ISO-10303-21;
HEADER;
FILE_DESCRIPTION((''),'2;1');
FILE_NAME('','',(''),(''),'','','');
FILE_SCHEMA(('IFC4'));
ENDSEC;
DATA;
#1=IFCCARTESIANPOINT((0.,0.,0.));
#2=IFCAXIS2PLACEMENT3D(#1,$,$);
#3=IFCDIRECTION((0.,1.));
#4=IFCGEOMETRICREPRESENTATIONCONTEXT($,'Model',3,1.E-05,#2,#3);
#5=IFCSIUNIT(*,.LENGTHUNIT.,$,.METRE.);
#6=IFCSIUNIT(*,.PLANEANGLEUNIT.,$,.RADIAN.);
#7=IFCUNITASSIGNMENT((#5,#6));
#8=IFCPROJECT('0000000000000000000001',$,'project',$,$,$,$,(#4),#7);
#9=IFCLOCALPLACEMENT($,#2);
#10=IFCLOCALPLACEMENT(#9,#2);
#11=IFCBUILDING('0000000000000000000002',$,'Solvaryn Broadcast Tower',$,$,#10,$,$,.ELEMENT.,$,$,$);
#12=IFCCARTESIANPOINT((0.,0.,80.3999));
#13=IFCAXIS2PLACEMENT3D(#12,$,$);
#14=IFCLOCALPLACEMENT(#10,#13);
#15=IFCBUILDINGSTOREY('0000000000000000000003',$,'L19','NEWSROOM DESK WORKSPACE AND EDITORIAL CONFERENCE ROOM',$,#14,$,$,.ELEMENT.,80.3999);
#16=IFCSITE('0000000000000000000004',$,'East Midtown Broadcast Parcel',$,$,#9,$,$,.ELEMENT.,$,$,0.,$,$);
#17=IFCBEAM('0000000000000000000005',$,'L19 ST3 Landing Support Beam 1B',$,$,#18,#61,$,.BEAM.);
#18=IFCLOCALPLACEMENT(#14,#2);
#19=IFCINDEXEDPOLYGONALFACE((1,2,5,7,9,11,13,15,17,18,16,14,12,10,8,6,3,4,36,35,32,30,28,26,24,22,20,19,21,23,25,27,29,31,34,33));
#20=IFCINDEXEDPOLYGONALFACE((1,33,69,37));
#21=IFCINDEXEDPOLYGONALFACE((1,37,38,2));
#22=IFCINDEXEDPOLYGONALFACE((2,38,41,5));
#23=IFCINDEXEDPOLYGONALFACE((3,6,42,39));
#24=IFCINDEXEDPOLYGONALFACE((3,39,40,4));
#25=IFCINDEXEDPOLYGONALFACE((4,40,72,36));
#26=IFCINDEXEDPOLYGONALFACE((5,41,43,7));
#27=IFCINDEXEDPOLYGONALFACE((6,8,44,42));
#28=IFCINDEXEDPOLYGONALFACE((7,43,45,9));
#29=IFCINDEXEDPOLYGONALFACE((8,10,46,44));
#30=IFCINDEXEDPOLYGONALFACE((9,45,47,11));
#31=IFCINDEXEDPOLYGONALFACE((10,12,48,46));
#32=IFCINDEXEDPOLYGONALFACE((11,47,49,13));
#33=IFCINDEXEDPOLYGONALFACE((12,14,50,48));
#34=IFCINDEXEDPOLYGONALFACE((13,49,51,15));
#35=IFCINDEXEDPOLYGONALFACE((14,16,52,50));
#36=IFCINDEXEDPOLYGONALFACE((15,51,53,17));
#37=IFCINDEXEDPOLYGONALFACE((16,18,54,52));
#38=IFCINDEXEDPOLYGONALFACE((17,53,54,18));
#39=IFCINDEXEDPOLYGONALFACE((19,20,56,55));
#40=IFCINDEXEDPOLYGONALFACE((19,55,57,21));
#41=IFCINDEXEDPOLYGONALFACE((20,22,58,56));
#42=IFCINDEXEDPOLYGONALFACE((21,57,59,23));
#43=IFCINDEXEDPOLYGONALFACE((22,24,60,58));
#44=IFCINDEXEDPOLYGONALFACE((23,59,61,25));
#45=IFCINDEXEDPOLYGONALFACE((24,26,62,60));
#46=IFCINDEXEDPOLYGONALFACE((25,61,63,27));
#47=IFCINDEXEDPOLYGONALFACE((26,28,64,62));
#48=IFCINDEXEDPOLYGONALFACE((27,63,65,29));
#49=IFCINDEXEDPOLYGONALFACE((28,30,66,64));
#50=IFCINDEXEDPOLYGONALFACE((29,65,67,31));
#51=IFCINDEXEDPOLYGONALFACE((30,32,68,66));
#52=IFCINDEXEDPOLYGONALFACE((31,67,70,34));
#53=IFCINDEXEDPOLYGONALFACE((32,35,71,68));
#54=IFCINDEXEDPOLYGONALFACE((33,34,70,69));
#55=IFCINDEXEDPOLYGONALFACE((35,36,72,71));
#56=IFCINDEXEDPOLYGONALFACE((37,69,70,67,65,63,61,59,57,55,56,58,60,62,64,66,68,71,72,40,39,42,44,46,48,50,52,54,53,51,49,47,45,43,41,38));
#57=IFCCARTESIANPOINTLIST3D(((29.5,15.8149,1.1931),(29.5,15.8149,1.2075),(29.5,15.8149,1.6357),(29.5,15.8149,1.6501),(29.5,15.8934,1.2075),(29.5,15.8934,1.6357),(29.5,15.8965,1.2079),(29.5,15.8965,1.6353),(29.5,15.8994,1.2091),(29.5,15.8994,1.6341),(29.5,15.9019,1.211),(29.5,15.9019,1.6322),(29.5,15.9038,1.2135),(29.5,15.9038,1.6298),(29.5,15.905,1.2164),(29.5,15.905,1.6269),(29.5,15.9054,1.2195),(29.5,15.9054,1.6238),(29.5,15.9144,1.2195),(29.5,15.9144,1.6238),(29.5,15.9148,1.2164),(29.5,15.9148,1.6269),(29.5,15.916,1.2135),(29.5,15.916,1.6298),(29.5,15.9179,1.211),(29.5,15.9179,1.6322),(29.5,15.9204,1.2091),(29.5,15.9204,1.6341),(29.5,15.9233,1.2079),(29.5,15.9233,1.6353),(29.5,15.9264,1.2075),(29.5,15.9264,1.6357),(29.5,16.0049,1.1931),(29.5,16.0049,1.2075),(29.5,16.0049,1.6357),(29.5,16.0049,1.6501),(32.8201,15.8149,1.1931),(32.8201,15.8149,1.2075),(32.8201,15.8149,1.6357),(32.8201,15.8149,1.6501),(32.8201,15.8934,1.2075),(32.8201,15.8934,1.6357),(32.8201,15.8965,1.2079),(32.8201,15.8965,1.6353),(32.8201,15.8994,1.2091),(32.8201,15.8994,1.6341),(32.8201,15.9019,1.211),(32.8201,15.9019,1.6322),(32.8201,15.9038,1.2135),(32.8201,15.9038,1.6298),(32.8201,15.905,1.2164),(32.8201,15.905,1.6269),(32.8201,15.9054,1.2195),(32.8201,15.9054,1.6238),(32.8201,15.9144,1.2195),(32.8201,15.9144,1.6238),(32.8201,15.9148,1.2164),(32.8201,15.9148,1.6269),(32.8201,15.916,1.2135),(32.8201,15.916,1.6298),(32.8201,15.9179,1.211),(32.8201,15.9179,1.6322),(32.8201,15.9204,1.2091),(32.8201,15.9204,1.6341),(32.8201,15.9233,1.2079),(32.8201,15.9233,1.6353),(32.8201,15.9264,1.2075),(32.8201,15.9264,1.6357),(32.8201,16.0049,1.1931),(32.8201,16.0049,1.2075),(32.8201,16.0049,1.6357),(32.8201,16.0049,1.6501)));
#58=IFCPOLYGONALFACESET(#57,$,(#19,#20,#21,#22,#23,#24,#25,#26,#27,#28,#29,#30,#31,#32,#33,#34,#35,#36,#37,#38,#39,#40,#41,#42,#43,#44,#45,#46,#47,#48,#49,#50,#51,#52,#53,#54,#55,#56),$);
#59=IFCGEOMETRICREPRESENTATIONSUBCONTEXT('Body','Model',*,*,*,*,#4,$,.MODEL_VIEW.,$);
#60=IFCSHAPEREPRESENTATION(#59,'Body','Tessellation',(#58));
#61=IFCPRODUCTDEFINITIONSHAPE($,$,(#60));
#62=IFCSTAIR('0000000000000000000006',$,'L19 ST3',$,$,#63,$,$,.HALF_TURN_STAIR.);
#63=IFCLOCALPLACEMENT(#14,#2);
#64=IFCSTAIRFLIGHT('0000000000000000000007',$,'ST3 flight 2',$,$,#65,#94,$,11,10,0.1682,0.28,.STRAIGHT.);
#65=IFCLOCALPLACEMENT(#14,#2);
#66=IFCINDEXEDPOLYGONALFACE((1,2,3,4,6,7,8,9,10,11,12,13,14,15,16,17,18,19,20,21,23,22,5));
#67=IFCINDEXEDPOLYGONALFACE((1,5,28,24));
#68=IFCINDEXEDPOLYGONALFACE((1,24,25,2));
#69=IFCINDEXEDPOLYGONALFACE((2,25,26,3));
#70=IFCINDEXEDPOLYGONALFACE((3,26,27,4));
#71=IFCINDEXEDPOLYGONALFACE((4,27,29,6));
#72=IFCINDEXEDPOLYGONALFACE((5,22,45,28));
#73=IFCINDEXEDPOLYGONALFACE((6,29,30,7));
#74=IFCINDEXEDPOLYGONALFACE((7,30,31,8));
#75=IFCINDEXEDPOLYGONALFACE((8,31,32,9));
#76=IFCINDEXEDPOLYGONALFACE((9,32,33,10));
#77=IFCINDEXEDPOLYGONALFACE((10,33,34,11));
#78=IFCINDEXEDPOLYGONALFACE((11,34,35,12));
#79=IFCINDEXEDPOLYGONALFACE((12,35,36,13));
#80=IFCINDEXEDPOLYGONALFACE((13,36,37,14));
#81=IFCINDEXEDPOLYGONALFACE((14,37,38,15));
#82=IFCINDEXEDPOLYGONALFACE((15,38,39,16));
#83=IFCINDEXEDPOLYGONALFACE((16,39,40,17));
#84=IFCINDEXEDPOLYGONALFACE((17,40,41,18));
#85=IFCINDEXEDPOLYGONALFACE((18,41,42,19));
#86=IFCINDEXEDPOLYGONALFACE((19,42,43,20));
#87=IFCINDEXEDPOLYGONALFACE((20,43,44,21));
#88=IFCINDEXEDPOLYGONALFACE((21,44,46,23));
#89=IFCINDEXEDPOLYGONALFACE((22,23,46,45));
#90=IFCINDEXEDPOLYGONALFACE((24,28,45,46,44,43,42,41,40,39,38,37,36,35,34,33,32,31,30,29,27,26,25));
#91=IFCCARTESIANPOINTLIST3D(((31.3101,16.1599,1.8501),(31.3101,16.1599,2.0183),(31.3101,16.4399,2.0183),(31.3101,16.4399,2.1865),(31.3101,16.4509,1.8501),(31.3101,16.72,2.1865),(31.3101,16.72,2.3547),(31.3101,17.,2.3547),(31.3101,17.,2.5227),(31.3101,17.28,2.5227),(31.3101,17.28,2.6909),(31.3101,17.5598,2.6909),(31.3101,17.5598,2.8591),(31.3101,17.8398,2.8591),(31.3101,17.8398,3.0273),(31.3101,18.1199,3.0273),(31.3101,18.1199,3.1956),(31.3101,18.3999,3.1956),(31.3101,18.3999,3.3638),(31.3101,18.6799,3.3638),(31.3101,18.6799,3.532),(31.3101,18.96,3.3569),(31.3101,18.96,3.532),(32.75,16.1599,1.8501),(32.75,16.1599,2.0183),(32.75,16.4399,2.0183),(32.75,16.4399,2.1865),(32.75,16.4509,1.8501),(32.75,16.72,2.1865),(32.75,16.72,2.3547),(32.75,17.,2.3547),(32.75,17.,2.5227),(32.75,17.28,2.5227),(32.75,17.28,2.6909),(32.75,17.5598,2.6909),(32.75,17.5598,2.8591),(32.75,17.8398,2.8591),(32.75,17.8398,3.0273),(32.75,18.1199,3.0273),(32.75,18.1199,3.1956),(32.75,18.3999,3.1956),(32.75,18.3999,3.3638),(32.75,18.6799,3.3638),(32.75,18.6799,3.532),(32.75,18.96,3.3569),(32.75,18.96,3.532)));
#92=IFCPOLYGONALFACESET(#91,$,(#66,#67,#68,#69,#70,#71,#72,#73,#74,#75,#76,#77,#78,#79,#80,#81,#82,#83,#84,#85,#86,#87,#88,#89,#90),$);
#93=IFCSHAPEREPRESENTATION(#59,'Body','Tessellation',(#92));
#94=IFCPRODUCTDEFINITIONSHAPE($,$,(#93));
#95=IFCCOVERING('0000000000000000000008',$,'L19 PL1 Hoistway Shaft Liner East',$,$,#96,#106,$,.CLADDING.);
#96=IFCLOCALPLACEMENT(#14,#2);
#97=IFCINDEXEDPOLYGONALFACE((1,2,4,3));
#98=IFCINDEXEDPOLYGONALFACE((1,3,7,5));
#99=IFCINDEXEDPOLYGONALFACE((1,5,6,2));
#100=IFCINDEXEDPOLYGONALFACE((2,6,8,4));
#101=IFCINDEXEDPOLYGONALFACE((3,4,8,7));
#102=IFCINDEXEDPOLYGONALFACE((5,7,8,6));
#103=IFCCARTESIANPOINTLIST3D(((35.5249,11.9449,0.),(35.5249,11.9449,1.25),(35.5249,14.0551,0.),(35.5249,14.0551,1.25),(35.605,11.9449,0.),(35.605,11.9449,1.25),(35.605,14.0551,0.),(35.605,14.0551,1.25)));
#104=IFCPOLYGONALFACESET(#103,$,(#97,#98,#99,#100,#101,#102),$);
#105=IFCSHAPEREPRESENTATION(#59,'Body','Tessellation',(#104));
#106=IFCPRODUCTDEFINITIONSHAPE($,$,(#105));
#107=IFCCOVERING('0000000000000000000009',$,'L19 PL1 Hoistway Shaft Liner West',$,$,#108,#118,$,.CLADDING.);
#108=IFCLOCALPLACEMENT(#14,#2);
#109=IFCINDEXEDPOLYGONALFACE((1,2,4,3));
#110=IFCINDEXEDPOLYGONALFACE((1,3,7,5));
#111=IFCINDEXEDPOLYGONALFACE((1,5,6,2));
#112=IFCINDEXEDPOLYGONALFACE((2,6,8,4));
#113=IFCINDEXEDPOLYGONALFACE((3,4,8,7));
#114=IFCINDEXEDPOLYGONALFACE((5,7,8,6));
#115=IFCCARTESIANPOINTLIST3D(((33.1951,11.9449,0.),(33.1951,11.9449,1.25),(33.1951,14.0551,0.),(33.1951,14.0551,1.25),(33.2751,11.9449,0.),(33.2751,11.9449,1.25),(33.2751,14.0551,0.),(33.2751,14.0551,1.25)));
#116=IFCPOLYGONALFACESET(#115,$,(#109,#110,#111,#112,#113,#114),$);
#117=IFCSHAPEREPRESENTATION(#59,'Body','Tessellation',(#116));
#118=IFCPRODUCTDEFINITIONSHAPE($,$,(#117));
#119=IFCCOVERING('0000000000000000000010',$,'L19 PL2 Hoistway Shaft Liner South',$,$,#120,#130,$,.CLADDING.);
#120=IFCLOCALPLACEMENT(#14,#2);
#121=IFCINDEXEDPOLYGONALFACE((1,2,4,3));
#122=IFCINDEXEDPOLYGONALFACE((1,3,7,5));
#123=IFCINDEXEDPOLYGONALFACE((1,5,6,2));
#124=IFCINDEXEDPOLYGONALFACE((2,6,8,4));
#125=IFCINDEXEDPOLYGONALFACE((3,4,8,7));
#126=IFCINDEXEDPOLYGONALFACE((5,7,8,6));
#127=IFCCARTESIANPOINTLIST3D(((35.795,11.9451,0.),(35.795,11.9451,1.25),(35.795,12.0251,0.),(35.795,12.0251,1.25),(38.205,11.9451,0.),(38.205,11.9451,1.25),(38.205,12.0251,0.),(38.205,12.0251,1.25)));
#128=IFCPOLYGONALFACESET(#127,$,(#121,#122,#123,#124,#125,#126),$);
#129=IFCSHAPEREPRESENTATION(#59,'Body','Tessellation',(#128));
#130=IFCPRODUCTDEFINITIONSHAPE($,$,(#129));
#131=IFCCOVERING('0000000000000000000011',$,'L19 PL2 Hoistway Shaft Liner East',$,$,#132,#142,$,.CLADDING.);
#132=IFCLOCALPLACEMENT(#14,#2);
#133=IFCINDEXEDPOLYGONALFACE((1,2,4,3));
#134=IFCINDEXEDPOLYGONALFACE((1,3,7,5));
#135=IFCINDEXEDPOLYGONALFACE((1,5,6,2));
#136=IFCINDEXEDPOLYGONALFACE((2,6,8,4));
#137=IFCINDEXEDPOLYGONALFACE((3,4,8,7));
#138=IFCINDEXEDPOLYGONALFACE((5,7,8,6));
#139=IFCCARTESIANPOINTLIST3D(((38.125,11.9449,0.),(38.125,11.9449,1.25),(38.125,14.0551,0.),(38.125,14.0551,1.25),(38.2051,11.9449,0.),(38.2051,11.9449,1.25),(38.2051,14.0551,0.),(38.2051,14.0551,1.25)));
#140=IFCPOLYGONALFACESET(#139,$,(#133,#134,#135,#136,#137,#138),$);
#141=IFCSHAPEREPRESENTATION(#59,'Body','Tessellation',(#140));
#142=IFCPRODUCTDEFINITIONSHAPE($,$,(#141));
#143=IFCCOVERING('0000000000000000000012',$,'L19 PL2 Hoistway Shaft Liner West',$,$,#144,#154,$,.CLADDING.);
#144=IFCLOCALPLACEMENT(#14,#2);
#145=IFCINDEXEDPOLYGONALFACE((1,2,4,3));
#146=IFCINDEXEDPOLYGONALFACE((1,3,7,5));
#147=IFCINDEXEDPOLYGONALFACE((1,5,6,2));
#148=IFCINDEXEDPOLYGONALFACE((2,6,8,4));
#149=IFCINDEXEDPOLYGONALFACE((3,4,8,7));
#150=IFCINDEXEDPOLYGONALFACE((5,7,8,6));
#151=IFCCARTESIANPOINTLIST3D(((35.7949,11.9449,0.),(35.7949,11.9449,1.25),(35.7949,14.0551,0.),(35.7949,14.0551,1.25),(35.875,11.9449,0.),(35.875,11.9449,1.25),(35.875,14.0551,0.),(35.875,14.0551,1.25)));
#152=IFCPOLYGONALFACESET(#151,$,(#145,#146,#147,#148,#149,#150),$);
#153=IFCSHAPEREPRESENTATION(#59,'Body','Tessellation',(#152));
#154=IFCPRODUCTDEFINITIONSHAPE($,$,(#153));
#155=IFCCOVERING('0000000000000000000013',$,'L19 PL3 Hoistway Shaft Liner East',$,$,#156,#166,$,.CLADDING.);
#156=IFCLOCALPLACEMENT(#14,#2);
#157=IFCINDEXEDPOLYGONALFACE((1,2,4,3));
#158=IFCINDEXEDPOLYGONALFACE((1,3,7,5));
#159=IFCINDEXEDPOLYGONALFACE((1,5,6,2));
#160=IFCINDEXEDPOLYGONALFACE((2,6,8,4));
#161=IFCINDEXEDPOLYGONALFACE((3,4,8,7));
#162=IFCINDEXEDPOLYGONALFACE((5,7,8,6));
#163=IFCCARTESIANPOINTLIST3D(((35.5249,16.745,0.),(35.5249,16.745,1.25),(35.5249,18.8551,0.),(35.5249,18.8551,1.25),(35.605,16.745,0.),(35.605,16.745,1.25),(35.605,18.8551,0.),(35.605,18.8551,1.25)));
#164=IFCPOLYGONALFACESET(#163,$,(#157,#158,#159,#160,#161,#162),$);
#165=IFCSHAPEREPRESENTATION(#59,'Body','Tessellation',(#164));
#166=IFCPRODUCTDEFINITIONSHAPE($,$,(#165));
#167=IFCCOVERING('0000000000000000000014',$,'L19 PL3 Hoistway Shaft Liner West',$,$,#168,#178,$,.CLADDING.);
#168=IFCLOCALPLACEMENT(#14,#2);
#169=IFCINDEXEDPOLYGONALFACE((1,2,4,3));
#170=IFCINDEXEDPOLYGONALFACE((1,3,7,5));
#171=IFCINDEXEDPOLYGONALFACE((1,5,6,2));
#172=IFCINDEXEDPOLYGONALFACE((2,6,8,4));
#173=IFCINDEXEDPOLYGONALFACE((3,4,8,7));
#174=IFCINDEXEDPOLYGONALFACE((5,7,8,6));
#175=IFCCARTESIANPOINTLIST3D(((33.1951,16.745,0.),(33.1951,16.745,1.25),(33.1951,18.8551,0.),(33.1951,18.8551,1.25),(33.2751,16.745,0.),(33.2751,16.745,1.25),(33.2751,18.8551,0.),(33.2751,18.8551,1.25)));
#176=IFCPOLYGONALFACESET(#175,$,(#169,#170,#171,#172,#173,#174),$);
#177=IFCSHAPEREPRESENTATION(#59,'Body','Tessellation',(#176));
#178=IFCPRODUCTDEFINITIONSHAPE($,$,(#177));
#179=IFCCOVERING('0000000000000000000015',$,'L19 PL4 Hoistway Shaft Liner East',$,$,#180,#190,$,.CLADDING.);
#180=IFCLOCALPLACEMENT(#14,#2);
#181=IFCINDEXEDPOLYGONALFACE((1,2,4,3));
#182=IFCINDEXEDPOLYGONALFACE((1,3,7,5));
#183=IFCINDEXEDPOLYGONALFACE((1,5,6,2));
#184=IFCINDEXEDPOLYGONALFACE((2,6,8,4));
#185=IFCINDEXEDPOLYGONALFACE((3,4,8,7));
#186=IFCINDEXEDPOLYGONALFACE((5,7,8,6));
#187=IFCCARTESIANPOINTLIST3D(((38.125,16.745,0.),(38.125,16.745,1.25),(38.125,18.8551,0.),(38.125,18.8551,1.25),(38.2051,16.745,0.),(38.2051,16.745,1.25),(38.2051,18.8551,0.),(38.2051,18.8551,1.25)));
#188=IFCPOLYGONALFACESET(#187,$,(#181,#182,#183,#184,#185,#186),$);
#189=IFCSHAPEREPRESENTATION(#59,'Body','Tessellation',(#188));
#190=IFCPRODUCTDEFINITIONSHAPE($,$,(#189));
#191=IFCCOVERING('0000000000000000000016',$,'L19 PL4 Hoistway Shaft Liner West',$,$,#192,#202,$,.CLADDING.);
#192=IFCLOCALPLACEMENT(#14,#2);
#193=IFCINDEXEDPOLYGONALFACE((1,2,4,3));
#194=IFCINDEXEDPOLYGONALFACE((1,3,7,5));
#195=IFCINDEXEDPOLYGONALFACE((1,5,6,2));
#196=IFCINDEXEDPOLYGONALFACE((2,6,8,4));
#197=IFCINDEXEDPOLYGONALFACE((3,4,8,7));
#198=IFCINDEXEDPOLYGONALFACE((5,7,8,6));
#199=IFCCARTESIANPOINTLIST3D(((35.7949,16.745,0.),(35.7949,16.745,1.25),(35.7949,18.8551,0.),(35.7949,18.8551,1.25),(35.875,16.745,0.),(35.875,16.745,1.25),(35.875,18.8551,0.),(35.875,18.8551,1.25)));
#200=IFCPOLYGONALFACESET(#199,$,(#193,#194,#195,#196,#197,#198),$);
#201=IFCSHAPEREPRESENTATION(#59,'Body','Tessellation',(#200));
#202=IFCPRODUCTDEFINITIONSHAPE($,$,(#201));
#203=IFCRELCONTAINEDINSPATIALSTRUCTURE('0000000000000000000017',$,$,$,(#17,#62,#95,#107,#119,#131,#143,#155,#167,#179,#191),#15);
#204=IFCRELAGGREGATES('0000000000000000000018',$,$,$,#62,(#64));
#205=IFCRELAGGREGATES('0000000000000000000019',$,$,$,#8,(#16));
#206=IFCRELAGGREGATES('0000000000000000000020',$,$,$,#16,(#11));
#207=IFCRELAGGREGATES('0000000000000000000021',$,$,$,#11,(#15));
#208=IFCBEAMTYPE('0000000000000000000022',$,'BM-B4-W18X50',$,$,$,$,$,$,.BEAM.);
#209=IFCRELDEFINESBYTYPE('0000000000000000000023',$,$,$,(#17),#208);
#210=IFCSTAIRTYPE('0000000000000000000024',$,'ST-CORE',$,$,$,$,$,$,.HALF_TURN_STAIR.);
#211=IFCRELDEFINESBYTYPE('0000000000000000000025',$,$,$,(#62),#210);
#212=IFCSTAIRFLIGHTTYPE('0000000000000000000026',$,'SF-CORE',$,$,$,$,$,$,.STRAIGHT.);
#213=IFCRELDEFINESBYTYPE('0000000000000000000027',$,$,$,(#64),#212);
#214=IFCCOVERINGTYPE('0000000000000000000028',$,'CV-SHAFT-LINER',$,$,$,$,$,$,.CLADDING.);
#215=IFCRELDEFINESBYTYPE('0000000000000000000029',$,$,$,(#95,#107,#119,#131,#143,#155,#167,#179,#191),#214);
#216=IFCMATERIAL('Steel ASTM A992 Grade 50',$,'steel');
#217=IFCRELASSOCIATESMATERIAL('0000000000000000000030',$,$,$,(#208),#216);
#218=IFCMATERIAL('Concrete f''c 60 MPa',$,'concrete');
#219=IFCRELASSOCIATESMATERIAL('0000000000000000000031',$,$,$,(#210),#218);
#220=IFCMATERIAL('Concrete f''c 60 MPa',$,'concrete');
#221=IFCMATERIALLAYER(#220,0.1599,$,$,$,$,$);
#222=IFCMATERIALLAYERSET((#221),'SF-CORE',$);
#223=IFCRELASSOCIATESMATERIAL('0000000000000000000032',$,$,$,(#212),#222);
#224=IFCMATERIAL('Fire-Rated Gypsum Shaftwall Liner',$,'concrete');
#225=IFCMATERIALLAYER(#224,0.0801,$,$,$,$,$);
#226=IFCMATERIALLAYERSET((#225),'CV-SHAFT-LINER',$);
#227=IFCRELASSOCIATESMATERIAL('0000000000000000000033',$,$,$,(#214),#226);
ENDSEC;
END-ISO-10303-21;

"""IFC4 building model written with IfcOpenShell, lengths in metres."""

from ifc_helpers import new_model, si_unit, direction, frame, origin, origin_2d, place, context, subcontext, project, spatial, polyline, rectangle, i_section, outline, extrude, material, layer, layer_set, material_profile, profile_set, type_object, element, aggregate, save


model = new_model("IFC4")

# Units and contexts
model_context = context("Model", 3, precision=1e-05, world=origin(), true_north=direction((0.0, 1.0)))
body_context = subcontext(model_context, "Body", "Model", "MODEL_VIEW")
ifc_project = project(units=[si_unit("LENGTHUNIT", "METRE"), si_unit("PLANEANGLEUNIT", "RADIAN")], contexts=[model_context])

# Site, building, storey
site_placement = place(None, origin())
site = spatial("IfcSite", under=ifc_project, at=site_placement, Name="East Midtown Broadcast Parcel", CompositionType="ELEMENT", RefElevation=0.0)
building_placement = place(site_placement, origin())
building = spatial("IfcBuilding", under=site, at=building_placement, Name="Solvaryn Broadcast Tower", CompositionType="ELEMENT")
storey_placement = place(building_placement, frame((0.0, 0.0, 80.3999)))
storey = spatial("IfcBuildingStorey", under=building, at=storey_placement, Name="L19", Description="NEWSROOM DESK WORKSPACE AND EDITORIAL CONFERENCE ROOM", CompositionType="ELEMENT", Elevation=80.3999)

# Beam
ifc_material_1 = material(Name="Steel ASTM A992 Grade 50", Category="steel")
ifc_material_profile_1 = material_profile(ifc_material_1, i_section(OverallWidth=0.1899, OverallDepth=0.457, WebThickness=0.009, FlangeThickness=0.0144, FilletRadius=0.012, at=origin_2d()))
ifc_profile_set_1 = profile_set([ifc_material_profile_1], Name="Steel ASTM A992 Grade 50")
beam_type_1 = type_object("IfcBeamType", Name="BM-B4-W18X50", PredefinedType="BEAM", material=ifc_profile_set_1)
beam_1_placement = place(storey_placement, frame((29.5, 15.9099, 1.4216), z_axis=(1.0, 0.0, 0.0), x_axis=(0.0, 1.0, 0.0)))
element("IfcBeam", 1, at=beam_1_placement, inside=storey, type_object=beam_type_1, Name="L19 ST3 Landing Support Beam 1B", PredefinedType="BEAM", context=body_context, shape_type="SweptSolid", body=[
    extrude(i_section(OverallWidth=0.1899, OverallDepth=0.457, WebThickness=0.009, FlangeThickness=0.0144, FilletRadius=0.012, at=origin_2d()), origin(), (0.0, 0.0, 1.0), 3.3201),
])

# Stair, stair flight
ifc_material_2 = material(Name="Concrete f'c 60 MPa", Category="concrete")
stair_type = type_object("IfcStairType", Name="ST-CORE", PredefinedType="HALF_TURN_STAIR", material=ifc_material_2)
stair_placement = place(storey_placement, origin())
stair = element("IfcStair", 2, at=stair_placement, inside=storey, type_object=stair_type, Name="L19 ST3", PredefinedType="HALF_TURN_STAIR")
ifc_material_3 = material(Name="Concrete f'c 60 MPa", Category="concrete")
ifc_layer_1 = layer(ifc_material_3, 0.1599)
ifc_layer_set_1 = layer_set([ifc_layer_1], Name="SF-CORE")
stair_flight_type = type_object("IfcStairFlightType", Name="SF-CORE", PredefinedType="STRAIGHT", material=ifc_layer_set_1)
stair_flight_placement = place(storey_placement, frame((32.03, 16.1599, 1.8501), z_axis=(0.0, 0.0, 1.0), x_axis=(0.0, 1.0, 0.0)))
stair_flight = element("IfcStairFlight", 3, at=stair_flight_placement, type_object=stair_flight_type, Name="ST3 flight 2", NumberOfRisers=11, NumberOfTreads=10, PredefinedType="STRAIGHT", RiserHeight=0.1682, TreadLength=0.28, context=body_context, shape_type="SweptSolid", body=[
    extrude(outline(polyline([(0.0, 0.0), (0.0, 0.1682), (0.28, 0.1682), (0.28, 0.3364), (0.5601, 0.3364), (0.5601, 0.5046), (0.8401, 0.5046), (0.8401, 0.6726), (1.1201, 0.6726), (1.1201, 0.8408), (1.3999, 0.8408), (1.3999, 1.009), (1.6799, 1.009), (1.6799, 1.1772), (1.96, 1.1772), (1.96, 1.3455), (2.24, 1.3455), (2.24, 1.5137), (2.52, 1.5137), (2.52, 1.6819), (2.8, 1.6819), (2.8, 1.8501), (2.8, 1.5068), (0.291, 0.0), (0.0, 0.0)])), frame((0.0, 0.72, 0.0), z_axis=(0.0, -1.0, 0.0), x_axis=(1.0, 0.0, 0.0)), (0.0, 0.0, 1.0), 1.4399),
])
aggregate(stair, [stair_flight])

# Coverings
ifc_material_4 = material(Name="Fire-Rated Gypsum Shaftwall Liner", Category="concrete")
ifc_layer_2 = layer(ifc_material_4, 0.0801)
ifc_layer_set_2 = layer_set([ifc_layer_2], Name="CV-SHAFT-LINER")
covering_type = type_object("IfcCoveringType", Name="CV-SHAFT-LINER", PredefinedType="CLADDING", material=ifc_layer_set_2)
for number, where, z_axis, x_axis, name in (
    (4, (35.5649, 13.0, 0.0), (0.0, 0.0, 1.0), (1.0, 0.0, 0.0), "L19 PL1 Hoistway Shaft Liner East"),
    (5, (33.2351, 13.0, 0.0), (0.0, 0.0, 1.0), (1.0, 0.0, 0.0), "L19 PL1 Hoistway Shaft Liner West"),
):
    element("IfcCovering", number, at=place(storey_placement, frame(where, z_axis=z_axis, x_axis=x_axis)), inside=storey, type_object=covering_type, Name=name, PredefinedType="CLADDING", context=body_context, shape_type="SweptSolid", body=[
        extrude(rectangle(XDim=0.0801, YDim=2.1101, at=origin_2d()), origin(), (0.0, 0.0, 1.0), 1.25),
    ])
covering_1_placement = place(storey_placement, frame((37.0, 11.9851, 0.0), z_axis=(0.0, 0.0, 1.0), x_axis=(1.0, 0.0, 0.0)))
element("IfcCovering", 6, at=covering_1_placement, inside=storey, type_object=covering_type, Name="L19 PL2 Hoistway Shaft Liner South", PredefinedType="CLADDING", context=body_context, shape_type="SweptSolid", body=[
    extrude(rectangle(XDim=2.4099, YDim=0.0801, at=origin_2d()), origin(), (0.0, 0.0, 1.0), 1.25),
])
for number, where, z_axis, x_axis, name in (
    (7, (38.165, 13.0, 0.0), (0.0, 0.0, 1.0), (1.0, 0.0, 0.0), "L19 PL2 Hoistway Shaft Liner East"),
    (8, (35.835, 13.0, 0.0), (0.0, 0.0, 1.0), (1.0, 0.0, 0.0), "L19 PL2 Hoistway Shaft Liner West"),
    (9, (35.5649, 17.8, 0.0), (0.0, 0.0, 1.0), (1.0, 0.0, 0.0), "L19 PL3 Hoistway Shaft Liner East"),
    (10, (33.2351, 17.8, 0.0), (0.0, 0.0, 1.0), (1.0, 0.0, 0.0), "L19 PL3 Hoistway Shaft Liner West"),
    (11, (38.165, 17.8, 0.0), (0.0, 0.0, 1.0), (1.0, 0.0, 0.0), "L19 PL4 Hoistway Shaft Liner East"),
    (12, (35.835, 17.8, 0.0), (0.0, 0.0, 1.0), (1.0, 0.0, 0.0), "L19 PL4 Hoistway Shaft Liner West"),
):
    element("IfcCovering", number, at=place(storey_placement, frame(where, z_axis=z_axis, x_axis=x_axis)), inside=storey, type_object=covering_type, Name=name, PredefinedType="CLADDING", context=body_context, shape_type="SweptSolid", body=[
        extrude(rectangle(XDim=0.0801, YDim=2.1101, at=origin_2d()), origin(), (0.0, 0.0, 1.0), 1.25),
    ])

save(model, "model.ifc")
